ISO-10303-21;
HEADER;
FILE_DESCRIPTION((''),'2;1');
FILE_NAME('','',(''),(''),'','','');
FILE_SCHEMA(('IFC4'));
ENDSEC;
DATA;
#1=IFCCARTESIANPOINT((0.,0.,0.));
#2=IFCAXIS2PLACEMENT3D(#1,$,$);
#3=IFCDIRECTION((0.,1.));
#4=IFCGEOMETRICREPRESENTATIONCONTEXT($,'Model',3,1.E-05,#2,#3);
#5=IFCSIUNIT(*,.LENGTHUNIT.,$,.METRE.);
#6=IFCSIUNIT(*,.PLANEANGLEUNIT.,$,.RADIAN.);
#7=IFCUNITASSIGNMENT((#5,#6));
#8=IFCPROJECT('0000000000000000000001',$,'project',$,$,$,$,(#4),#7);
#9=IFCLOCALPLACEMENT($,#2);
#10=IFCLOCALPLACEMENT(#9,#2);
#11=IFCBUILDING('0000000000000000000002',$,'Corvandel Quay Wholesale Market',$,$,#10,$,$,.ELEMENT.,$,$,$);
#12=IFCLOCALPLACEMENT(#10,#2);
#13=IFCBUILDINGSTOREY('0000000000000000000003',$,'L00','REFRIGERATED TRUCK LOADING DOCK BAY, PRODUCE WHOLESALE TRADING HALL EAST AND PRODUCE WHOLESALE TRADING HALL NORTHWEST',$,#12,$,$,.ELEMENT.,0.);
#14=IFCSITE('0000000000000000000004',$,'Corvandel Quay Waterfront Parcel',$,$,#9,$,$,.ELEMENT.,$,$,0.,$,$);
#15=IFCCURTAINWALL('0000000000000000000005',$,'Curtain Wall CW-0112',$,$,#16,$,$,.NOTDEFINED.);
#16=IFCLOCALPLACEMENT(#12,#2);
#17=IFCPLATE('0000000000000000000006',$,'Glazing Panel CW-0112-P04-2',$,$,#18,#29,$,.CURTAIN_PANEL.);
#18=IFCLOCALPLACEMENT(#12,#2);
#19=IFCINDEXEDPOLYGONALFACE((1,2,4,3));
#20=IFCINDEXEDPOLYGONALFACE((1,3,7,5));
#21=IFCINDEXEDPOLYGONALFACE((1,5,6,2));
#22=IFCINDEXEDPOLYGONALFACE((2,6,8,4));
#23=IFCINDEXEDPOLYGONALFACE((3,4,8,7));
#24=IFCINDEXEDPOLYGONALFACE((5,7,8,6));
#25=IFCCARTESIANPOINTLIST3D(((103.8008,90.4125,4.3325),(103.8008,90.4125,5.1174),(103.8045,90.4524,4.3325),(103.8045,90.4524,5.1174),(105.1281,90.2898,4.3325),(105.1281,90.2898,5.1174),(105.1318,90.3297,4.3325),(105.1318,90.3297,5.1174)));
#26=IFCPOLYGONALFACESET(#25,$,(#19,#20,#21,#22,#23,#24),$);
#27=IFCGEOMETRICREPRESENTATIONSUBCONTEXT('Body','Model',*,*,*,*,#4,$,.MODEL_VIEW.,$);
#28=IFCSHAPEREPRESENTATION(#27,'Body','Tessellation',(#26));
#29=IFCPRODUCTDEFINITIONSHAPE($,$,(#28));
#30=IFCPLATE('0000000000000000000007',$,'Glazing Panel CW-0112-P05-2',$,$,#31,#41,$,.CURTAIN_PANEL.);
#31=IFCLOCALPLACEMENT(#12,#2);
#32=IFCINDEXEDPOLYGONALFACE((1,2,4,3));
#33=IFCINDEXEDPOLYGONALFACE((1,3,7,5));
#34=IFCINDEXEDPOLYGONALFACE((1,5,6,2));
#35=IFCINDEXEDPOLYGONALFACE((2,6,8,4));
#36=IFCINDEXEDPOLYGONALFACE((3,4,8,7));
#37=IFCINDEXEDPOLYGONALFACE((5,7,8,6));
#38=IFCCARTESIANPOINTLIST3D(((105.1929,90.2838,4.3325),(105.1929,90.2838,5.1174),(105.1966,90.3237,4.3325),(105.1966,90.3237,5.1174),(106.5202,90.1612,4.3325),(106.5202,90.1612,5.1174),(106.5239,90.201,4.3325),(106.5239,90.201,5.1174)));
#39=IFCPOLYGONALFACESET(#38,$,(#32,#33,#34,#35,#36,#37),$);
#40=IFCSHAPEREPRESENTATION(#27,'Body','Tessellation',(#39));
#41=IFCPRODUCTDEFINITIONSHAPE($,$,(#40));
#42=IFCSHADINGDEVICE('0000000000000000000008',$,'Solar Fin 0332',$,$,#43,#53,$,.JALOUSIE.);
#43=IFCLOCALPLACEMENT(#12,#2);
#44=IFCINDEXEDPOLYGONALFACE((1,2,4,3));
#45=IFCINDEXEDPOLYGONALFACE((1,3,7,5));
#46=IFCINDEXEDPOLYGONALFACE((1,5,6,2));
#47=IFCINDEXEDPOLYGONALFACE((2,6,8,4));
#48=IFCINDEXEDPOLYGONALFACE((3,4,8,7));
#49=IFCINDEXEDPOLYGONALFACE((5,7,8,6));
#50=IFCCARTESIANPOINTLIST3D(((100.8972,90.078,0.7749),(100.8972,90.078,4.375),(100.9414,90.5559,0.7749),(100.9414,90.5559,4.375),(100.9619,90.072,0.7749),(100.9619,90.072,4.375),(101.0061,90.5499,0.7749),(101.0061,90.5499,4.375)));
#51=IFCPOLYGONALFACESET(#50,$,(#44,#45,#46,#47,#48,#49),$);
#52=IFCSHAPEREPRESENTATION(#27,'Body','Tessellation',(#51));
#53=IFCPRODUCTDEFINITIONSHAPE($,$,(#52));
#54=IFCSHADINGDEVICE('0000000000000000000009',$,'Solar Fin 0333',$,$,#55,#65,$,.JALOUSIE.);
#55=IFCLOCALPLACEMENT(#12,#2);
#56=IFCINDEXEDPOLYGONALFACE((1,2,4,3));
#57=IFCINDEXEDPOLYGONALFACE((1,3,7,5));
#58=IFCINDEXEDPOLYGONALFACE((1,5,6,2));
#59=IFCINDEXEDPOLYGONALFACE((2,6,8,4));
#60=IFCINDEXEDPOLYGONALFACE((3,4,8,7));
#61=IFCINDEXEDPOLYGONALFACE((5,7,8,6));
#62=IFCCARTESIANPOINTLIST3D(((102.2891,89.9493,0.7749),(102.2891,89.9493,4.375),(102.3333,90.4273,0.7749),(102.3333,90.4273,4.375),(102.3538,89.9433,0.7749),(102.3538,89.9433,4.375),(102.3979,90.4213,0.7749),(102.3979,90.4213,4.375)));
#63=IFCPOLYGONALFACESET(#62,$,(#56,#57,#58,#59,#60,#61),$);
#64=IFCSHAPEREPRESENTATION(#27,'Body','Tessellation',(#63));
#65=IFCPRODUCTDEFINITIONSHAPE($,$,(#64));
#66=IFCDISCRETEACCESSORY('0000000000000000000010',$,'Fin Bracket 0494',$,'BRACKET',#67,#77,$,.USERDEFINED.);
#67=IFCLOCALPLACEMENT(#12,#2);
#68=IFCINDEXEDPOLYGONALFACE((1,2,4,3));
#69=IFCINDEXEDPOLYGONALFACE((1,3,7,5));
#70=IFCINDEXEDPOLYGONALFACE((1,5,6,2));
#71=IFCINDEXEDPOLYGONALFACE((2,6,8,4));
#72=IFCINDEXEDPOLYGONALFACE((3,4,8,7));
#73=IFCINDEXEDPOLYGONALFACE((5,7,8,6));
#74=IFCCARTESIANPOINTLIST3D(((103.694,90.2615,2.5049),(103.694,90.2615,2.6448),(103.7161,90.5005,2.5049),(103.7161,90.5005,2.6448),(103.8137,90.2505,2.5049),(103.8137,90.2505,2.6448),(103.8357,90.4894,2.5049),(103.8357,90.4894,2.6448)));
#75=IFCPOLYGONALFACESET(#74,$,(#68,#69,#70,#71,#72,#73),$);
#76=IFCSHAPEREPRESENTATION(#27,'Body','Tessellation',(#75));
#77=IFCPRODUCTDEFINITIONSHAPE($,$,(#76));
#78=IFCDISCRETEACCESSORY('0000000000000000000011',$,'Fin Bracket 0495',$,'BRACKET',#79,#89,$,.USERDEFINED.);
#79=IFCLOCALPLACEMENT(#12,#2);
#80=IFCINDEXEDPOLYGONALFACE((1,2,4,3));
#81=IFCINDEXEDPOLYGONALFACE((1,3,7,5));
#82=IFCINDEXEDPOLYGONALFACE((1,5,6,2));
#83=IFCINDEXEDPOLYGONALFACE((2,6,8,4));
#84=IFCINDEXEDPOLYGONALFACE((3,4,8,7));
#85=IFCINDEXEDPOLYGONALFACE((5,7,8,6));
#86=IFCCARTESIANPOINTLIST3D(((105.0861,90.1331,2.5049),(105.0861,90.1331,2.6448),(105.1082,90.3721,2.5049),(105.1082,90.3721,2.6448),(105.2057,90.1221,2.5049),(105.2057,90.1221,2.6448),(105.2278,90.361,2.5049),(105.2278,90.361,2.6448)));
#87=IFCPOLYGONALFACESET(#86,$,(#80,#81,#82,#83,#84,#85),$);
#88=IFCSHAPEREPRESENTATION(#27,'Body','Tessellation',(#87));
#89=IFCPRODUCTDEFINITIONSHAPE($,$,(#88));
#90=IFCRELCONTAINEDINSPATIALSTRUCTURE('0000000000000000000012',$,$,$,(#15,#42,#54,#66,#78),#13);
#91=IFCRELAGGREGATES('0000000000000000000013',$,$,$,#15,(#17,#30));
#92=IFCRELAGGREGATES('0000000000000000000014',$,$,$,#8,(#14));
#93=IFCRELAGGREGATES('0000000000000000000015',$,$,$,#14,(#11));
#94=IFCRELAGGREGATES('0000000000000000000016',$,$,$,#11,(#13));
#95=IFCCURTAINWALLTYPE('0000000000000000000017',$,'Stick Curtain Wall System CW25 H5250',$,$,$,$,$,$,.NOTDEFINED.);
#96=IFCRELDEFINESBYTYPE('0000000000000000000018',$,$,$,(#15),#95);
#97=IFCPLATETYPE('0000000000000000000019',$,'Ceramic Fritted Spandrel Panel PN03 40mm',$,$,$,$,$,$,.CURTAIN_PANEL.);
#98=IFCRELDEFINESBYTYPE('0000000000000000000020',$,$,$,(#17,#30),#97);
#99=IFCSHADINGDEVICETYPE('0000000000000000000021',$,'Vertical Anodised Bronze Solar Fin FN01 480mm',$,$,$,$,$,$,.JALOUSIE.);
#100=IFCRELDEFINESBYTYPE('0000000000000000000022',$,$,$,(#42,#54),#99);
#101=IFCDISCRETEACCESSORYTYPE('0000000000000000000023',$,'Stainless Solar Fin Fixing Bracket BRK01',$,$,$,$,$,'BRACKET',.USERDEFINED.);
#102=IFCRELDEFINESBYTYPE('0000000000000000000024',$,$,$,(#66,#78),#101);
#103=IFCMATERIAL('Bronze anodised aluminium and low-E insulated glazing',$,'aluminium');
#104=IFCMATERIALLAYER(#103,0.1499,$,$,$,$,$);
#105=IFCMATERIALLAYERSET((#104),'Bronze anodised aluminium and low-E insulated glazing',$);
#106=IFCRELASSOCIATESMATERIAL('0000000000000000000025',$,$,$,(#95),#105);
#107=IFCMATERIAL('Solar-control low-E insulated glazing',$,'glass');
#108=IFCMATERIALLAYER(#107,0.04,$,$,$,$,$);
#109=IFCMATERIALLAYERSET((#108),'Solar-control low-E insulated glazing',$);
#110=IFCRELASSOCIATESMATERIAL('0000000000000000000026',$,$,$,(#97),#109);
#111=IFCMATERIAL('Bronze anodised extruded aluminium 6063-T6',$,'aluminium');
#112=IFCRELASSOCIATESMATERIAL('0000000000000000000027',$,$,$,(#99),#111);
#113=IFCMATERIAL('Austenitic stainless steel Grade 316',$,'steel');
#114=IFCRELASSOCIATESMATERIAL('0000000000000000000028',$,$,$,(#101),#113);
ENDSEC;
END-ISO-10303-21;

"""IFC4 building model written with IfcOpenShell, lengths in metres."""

from ifc_helpers import new_model, si_unit, direction, frame, origin, origin_2d, place, context, subcontext, project, spatial, rectangle, extrude, material, layer, layer_set, type_object, element, aggregate, save


model = new_model("IFC4")

# Units and contexts
model_context = context("Model", 3, precision=1e-05, world=origin(), true_north=direction((0.0, 1.0)))
body_context = subcontext(model_context, "Body", "Model", "MODEL_VIEW")
ifc_project = project(units=[si_unit("LENGTHUNIT", "METRE"), si_unit("PLANEANGLEUNIT", "RADIAN")], contexts=[model_context])

# Site, building, storey
site_placement = place(None, origin())
site = spatial("IfcSite", under=ifc_project, at=site_placement, Name="Corvandel Quay Waterfront Parcel", CompositionType="ELEMENT", RefElevation=0.0)
building_placement = place(site_placement, origin())
building = spatial("IfcBuilding", under=site, at=building_placement, Name="Corvandel Quay Wholesale Market", CompositionType="ELEMENT")
storey_placement = place(building_placement, origin())
storey = spatial("IfcBuildingStorey", under=building, at=storey_placement, Name="L00", Description="REFRIGERATED TRUCK LOADING DOCK BAY, PRODUCE WHOLESALE TRADING HALL EAST AND PRODUCE WHOLESALE TRADING HALL NORTHWEST", CompositionType="ELEMENT", Elevation=0.0)

# Curtain wall, plates
ifc_material_1 = material(Name="Bronze anodised aluminium and low-E insulated glazing", Category="aluminium")
ifc_layer_1 = layer(ifc_material_1, 0.1499)
ifc_layer_set_1 = layer_set([ifc_layer_1], Name="Bronze anodised aluminium and low-E insulated glazing")
curtain_wall_type = type_object("IfcCurtainWallType", Name="Stick Curtain Wall System CW25 H5250", PredefinedType="NOTDEFINED", material=ifc_layer_set_1)
curtain_wall_placement = place(storey_placement, origin())
curtain_wall = element("IfcCurtainWall", 1, at=curtain_wall_placement, inside=storey, type_object=curtain_wall_type, Name="Curtain Wall CW-0112", PredefinedType="NOTDEFINED")
ifc_material_2 = material(Name="Solar-control low-E insulated glazing", Category="glass")
ifc_layer_2 = layer(ifc_material_2, 0.04)
ifc_layer_set_2 = layer_set([ifc_layer_2], Name="Solar-control low-E insulated glazing")
plate_type_1 = type_object("IfcPlateType", Name="Ceramic Fritted Spandrel Panel PN03 40mm", PredefinedType="CURTAIN_PANEL", material=ifc_layer_set_2)
plate_1_placement = place(storey_placement, frame((104.4663, 90.3711, 4.3325), z_axis=(0.0, 0.0, 1.0), x_axis=(-0.995757, 0.092023, 0.0)))
plate_1 = element("IfcPlate", 2, at=plate_1_placement, type_object=plate_type_1, Name="Glazing Panel CW-0112-P04-2", PredefinedType="CURTAIN_PANEL", context=body_context, shape_type="SweptSolid", body=[
    extrude(rectangle(XDim=1.333, YDim=0.04, at=origin_2d()), origin(), (0.0, 0.0, 1.0), 0.7849),
])
plate_2_placement = place(storey_placement, frame((105.8584, 90.2424, 4.3325), z_axis=(0.0, 0.0, 1.0), x_axis=(-0.995757, 0.092023, 0.0)))
plate_2 = element("IfcPlate", 3, at=plate_2_placement, type_object=plate_type_1, Name="Glazing Panel CW-0112-P05-2", PredefinedType="CURTAIN_PANEL", context=body_context, shape_type="SweptSolid", body=[
    extrude(rectangle(XDim=1.333, YDim=0.04, at=origin_2d()), origin(), (0.0, 0.0, 1.0), 0.7849),
])
aggregate(curtain_wall, [plate_1, plate_2])

# Shading devices
ifc_material_3 = material(Name="Bronze anodised extruded aluminium 6063-T6", Category="aluminium")
shading_device_type = type_object("IfcShadingDeviceType", Name="Vertical Anodised Bronze Solar Fin FN01 480mm", PredefinedType="JALOUSIE", material=ifc_material_3)
for number, where, z_axis, x_axis, name in (
    (4, (100.9517, 90.314, 0.7749), (0.0, 0.0, 1.0), (0.092023, 0.995757, 0.0), "Solar Fin 0332"),
    (5, (102.3435, 90.1853, 0.7749), (0.0, 0.0, 1.0), (0.092023, 0.995757, 0.0), "Solar Fin 0333"),
):
    element("IfcShadingDevice", number, at=place(storey_placement, frame(where, z_axis=z_axis, x_axis=x_axis)), inside=storey, type_object=shading_device_type, Name=name, PredefinedType="JALOUSIE", context=body_context, shape_type="SweptSolid", body=[
        extrude(rectangle(XDim=0.48, YDim=0.0649, at=origin_2d()), origin(), (0.0, 0.0, 1.0), 3.6001),
    ])

# Discrete accessories
ifc_material_4 = material(Name="Austenitic stainless steel Grade 316", Category="steel")
discrete_accessory_type = type_object("IfcDiscreteAccessoryType", Name="Stainless Solar Fin Fixing Bracket BRK01", ElementType="BRACKET", PredefinedType="USERDEFINED", material=ifc_material_4)
for number, where, z_axis, x_axis, name in (
    (6, (103.7649, 90.3755, 2.5049), (0.0, 0.0, 1.0), (0.092023, 0.995757, 0.0), "Fin Bracket 0494"),
    (7, (105.157, 90.2471, 2.5049), (0.0, 0.0, 1.0), (0.092023, 0.995757, 0.0), "Fin Bracket 0495"),
):
    element("IfcDiscreteAccessory", number, at=place(storey_placement, frame(where, z_axis=z_axis, x_axis=x_axis)), inside=storey, type_object=discrete_accessory_type, Name=name, ObjectType="BRACKET", PredefinedType="USERDEFINED", context=body_context, shape_type="SweptSolid", body=[
        extrude(rectangle(XDim=0.24, YDim=0.1201, at=origin_2d()), origin(), (0.0, 0.0, 1.0), 0.1399),
    ])

save(model, "model.ifc")
